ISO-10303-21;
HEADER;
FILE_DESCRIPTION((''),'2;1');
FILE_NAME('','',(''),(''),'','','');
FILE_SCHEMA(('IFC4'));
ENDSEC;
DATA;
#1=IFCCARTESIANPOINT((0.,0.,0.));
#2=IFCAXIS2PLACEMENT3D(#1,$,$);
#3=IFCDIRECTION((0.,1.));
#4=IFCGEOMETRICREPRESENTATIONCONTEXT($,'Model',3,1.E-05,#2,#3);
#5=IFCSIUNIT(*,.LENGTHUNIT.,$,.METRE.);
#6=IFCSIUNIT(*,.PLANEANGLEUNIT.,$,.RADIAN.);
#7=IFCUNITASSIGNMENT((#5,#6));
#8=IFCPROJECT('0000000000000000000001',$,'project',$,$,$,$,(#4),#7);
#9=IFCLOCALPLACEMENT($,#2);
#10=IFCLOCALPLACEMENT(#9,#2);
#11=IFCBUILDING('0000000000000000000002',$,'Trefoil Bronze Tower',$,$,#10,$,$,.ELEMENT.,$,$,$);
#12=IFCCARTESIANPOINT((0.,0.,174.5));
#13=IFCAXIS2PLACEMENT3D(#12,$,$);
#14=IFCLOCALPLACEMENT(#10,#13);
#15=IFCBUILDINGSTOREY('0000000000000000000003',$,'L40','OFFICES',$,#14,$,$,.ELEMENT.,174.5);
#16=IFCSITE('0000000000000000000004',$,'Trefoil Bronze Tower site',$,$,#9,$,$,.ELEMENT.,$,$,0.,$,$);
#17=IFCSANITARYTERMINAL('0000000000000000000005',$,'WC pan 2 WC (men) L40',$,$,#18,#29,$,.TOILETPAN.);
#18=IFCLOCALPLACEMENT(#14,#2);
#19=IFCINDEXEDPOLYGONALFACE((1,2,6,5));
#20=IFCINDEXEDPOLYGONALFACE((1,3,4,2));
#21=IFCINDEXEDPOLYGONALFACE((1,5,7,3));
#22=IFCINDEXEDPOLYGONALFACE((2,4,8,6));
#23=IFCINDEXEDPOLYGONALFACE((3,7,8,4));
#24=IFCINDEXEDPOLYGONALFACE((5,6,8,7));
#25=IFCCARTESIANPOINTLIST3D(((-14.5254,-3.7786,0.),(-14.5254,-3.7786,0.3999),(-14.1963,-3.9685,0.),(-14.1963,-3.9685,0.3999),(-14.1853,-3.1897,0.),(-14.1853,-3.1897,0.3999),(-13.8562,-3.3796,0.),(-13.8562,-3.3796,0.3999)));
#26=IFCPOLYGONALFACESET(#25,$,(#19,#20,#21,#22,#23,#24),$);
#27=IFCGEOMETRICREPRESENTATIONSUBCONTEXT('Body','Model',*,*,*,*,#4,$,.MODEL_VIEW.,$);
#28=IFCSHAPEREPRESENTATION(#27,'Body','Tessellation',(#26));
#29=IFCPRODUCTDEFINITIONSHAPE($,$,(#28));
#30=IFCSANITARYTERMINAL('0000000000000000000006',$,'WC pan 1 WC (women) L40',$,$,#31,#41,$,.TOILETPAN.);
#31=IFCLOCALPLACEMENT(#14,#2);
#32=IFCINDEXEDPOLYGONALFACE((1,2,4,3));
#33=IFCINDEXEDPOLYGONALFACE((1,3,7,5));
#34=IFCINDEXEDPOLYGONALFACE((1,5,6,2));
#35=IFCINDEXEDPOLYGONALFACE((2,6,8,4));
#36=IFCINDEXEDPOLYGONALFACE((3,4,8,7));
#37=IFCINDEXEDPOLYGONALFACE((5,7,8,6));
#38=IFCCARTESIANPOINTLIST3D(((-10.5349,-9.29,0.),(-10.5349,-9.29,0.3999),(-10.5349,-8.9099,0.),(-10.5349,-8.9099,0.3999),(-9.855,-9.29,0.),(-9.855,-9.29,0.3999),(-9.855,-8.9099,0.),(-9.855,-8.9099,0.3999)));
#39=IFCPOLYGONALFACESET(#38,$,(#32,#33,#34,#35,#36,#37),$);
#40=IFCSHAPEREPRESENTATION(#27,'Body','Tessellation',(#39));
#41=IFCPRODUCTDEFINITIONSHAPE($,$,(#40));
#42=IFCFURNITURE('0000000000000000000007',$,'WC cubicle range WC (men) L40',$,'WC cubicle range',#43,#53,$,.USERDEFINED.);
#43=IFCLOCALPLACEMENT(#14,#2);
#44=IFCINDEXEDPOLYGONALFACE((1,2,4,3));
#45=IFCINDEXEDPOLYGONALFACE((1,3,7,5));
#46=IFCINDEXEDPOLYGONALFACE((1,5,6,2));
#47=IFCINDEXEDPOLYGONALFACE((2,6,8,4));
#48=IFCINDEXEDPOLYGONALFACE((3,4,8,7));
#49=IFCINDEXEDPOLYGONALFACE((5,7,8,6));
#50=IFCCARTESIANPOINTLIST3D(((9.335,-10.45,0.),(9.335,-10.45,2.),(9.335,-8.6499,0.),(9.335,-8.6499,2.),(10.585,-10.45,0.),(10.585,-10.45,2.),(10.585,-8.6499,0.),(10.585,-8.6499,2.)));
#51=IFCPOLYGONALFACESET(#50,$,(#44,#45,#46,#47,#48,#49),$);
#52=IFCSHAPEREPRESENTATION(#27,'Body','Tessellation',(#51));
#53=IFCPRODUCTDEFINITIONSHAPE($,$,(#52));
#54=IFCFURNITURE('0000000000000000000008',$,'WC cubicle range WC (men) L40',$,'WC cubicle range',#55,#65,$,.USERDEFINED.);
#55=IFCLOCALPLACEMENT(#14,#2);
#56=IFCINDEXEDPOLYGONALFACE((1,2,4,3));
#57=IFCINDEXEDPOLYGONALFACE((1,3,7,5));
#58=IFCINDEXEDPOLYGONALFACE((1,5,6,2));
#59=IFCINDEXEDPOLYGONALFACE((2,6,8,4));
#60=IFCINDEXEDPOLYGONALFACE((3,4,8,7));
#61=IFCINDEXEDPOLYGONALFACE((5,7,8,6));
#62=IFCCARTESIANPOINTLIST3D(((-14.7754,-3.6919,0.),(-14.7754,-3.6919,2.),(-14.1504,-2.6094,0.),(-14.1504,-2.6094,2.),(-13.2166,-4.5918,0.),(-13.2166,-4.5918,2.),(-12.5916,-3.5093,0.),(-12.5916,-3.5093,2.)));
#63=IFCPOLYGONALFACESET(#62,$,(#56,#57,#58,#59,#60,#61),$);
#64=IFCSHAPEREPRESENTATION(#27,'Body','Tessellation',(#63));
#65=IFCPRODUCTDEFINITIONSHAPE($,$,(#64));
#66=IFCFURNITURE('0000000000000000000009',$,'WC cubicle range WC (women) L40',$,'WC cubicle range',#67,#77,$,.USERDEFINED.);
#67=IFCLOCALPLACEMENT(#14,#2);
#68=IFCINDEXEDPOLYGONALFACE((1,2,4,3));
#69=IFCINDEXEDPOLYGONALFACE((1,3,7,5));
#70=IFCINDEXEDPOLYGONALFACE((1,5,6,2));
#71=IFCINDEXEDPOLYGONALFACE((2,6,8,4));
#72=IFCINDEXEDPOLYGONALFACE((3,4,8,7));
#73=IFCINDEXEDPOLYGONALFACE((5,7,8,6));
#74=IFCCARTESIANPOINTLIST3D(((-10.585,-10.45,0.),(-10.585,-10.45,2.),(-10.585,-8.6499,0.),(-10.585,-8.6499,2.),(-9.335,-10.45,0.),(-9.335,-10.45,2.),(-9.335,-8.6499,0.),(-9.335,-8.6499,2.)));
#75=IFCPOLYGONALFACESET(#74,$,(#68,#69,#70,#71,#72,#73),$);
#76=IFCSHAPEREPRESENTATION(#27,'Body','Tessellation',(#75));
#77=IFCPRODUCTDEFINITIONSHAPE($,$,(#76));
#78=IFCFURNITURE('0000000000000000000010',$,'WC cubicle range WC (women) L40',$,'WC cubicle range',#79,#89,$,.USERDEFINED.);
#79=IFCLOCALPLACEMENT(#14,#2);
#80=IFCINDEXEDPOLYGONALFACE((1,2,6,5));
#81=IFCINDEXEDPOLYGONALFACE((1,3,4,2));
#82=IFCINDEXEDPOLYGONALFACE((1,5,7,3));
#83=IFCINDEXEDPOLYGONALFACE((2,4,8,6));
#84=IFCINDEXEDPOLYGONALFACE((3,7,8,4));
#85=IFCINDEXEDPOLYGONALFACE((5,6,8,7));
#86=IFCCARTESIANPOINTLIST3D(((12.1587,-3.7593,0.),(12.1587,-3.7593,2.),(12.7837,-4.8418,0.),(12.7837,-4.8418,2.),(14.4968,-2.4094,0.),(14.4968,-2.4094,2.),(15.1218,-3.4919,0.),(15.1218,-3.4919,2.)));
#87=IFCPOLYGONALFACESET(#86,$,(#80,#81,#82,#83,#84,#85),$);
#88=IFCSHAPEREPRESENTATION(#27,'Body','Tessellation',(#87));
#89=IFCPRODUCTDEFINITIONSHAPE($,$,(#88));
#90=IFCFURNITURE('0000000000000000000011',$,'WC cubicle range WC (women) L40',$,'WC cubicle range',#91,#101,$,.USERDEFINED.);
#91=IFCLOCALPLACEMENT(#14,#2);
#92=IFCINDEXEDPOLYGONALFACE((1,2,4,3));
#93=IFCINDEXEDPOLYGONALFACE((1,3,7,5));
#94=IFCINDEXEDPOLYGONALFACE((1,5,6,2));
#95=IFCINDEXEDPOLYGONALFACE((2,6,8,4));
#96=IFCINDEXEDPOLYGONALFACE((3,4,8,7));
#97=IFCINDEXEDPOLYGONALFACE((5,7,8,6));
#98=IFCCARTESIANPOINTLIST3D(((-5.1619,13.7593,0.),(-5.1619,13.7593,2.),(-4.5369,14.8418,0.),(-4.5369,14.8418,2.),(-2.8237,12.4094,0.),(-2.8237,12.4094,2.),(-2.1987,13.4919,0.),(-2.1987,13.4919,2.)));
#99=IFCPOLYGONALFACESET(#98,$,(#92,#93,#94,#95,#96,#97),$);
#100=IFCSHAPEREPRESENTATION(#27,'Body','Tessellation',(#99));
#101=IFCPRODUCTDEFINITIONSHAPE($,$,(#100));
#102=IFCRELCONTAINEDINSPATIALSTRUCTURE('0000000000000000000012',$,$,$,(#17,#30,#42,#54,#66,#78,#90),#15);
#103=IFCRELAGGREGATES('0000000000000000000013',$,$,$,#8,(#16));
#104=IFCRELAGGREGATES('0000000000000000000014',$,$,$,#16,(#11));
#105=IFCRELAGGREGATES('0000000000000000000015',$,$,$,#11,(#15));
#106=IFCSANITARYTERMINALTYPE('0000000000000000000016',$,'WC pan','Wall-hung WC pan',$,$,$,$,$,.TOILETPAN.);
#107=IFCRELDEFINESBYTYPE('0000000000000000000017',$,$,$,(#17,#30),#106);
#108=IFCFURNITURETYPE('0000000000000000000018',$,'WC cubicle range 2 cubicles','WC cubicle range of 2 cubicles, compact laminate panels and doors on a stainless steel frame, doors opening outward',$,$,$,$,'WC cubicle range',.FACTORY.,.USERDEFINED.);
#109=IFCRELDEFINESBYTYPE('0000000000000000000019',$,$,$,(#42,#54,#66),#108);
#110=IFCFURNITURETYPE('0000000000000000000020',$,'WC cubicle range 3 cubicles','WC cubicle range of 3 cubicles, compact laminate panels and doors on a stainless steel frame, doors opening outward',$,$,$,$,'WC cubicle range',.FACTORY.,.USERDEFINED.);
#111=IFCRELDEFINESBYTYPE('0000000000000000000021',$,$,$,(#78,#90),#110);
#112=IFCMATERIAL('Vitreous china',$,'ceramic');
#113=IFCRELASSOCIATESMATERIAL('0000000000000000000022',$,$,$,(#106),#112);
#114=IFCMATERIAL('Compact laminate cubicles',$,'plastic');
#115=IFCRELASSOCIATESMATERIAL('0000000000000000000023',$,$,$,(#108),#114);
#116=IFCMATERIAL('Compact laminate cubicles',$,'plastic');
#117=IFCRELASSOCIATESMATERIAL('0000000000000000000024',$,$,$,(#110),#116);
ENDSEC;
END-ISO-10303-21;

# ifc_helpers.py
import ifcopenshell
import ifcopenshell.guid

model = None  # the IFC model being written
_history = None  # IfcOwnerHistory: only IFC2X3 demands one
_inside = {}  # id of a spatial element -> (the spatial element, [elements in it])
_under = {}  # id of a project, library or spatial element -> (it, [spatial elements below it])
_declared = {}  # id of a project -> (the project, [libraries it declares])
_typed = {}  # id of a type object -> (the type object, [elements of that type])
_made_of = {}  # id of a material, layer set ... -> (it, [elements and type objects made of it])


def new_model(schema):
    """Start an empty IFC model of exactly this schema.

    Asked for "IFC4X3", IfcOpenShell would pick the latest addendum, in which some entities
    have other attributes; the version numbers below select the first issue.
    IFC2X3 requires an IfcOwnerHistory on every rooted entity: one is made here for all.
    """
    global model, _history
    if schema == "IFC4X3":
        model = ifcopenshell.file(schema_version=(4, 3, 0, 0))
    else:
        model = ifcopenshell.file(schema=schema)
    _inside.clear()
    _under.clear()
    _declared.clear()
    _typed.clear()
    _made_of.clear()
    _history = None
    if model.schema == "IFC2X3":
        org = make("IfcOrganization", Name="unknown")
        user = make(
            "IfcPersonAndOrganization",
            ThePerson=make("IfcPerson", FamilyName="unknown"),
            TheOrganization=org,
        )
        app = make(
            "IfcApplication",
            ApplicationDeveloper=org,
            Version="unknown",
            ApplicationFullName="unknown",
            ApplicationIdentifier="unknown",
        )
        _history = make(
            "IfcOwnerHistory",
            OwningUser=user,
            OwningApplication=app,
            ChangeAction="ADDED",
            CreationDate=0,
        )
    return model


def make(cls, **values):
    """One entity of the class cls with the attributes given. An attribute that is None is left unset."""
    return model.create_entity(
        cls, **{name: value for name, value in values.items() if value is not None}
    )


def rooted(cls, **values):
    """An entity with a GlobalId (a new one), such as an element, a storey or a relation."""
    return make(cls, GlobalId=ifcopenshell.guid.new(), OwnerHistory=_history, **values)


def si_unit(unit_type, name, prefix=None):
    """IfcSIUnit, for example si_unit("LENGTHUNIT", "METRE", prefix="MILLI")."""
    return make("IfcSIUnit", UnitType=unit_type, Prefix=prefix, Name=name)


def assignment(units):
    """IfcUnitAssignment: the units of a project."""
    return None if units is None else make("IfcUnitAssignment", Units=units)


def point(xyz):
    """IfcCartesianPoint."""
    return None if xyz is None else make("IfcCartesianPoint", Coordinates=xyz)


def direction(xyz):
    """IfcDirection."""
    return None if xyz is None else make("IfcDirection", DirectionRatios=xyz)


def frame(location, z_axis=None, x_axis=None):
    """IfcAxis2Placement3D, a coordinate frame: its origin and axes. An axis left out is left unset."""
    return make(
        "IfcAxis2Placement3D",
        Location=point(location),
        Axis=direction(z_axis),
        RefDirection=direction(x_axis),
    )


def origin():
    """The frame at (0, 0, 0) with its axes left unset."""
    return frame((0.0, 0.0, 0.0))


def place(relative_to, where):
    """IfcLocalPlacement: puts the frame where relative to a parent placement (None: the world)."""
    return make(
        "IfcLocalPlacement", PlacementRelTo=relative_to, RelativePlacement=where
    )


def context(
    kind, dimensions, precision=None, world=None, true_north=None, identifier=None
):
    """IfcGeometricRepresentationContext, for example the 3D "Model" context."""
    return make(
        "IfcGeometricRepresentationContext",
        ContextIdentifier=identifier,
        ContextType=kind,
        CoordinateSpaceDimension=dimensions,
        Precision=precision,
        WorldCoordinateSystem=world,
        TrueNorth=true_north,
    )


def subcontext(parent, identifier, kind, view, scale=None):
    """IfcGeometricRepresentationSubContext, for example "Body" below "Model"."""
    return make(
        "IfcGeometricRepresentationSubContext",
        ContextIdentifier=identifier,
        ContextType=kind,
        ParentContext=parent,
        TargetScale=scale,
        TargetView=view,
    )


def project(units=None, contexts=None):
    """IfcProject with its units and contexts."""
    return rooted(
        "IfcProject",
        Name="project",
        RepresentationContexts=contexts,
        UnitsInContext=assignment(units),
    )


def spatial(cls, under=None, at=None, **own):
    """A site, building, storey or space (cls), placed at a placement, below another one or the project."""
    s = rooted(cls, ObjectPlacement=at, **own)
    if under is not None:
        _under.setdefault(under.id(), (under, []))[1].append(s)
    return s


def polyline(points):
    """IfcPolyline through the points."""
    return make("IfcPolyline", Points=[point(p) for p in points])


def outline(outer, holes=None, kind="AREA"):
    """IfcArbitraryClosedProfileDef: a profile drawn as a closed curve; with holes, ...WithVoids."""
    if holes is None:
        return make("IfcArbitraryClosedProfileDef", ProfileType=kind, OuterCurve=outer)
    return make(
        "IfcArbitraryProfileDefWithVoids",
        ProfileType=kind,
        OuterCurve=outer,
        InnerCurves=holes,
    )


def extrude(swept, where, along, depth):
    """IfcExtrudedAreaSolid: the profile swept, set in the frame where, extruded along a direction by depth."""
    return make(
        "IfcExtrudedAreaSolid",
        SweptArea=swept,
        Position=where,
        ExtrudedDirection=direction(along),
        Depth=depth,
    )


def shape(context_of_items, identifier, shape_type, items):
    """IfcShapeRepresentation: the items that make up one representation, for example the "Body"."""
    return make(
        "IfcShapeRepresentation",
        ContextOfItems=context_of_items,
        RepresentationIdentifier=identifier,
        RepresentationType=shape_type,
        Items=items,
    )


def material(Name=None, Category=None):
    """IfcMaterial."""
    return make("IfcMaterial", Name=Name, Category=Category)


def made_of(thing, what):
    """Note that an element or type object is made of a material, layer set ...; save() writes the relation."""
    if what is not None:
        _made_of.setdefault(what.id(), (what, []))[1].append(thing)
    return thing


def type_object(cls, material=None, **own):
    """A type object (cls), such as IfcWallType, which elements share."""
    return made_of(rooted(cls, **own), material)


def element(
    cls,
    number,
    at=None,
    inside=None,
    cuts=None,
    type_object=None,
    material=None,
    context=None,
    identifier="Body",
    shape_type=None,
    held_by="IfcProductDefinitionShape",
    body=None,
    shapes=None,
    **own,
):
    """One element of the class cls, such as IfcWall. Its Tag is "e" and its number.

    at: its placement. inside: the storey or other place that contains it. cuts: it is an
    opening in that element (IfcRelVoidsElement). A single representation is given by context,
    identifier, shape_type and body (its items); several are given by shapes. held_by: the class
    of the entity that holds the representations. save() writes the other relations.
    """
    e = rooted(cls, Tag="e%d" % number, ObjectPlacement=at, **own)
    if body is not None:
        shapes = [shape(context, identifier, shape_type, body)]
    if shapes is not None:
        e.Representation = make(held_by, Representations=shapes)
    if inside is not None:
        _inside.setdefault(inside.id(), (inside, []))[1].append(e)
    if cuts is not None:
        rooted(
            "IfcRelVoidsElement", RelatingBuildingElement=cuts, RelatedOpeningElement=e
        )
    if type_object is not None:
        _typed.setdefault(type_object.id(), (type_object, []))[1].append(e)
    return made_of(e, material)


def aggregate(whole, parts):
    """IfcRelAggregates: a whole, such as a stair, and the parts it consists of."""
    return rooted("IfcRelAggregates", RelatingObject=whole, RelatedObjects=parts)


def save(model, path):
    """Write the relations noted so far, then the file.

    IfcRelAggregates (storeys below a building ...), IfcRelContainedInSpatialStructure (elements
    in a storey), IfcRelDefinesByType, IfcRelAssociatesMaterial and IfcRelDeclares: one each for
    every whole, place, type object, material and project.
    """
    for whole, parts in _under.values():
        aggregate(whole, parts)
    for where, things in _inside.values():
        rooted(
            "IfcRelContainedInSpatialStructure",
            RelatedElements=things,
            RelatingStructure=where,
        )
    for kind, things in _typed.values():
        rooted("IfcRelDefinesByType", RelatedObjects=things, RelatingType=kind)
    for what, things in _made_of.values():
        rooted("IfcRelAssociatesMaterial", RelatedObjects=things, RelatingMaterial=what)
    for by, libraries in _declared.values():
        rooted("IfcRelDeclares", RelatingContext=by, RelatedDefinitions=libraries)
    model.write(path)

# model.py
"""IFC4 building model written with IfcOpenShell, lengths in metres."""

from ifc_helpers import new_model, si_unit, direction, frame, origin, place, context, subcontext, project, spatial, polyline, outline, extrude, material, type_object, element, save


model = new_model("IFC4")

# Units and contexts
model_context = context("Model", 3, precision=1e-05, world=origin(), true_north=direction((0.0, 1.0)))
body_context = subcontext(model_context, "Body", "Model", "MODEL_VIEW")
ifc_project = project(units=[si_unit("LENGTHUNIT", "METRE"), si_unit("PLANEANGLEUNIT", "RADIAN")], contexts=[model_context])

# Site, building, storey
site_placement = place(None, origin())
site = spatial("IfcSite", under=ifc_project, at=site_placement, Name="Trefoil Bronze Tower site", CompositionType="ELEMENT", RefElevation=0.0)
building_placement = place(site_placement, origin())
building = spatial("IfcBuilding", under=site, at=building_placement, Name="Trefoil Bronze Tower", CompositionType="ELEMENT")
storey_placement = place(building_placement, frame((0.0, 0.0, 174.5)))
storey = spatial("IfcBuildingStorey", under=building, at=storey_placement, Name="L40", Description="OFFICES", CompositionType="ELEMENT", Elevation=174.5)

# Sanitary terminals
ifc_material_1 = material(Name="Vitreous china", Category="ceramic")
sanitary_terminal_type_1 = type_object("IfcSanitaryTerminalType", Name="WC pan", Description="Wall-hung WC pan", PredefinedType="TOILETPAN", material=ifc_material_1)
sanitary_terminal_1_placement = place(storey_placement, origin())
element("IfcSanitaryTerminal", 1, at=sanitary_terminal_1_placement, inside=storey, type_object=sanitary_terminal_type_1, Name="WC pan 2 WC (men) L40", PredefinedType="TOILETPAN", context=body_context, shape_type="SweptSolid", body=[
    extrude(outline(polyline([(-13.8562, -3.3796), (-14.1963, -3.9685), (-14.5254, -3.7786), (-14.1853, -3.1897), (-13.8562, -3.3796)])), origin(), (0.0, 0.0, 1.0), 0.3999),
])
sanitary_terminal_2_placement = place(storey_placement, origin())
element("IfcSanitaryTerminal", 2, at=sanitary_terminal_2_placement, inside=storey, type_object=sanitary_terminal_type_1, Name="WC pan 1 WC (women) L40", PredefinedType="TOILETPAN", context=body_context, shape_type="SweptSolid", body=[
    extrude(outline(polyline([(-9.855, -8.9099), (-10.5349, -8.9099), (-10.5349, -9.29), (-9.855, -9.29), (-9.855, -8.9099)])), origin(), (0.0, 0.0, 1.0), 0.3999),
])

# Furniture
ifc_material_2 = material(Name="Compact laminate cubicles", Category="plastic")
furniture_type_1 = type_object("IfcFurnitureType", Name="WC cubicle range 2 cubicles", Description="WC cubicle range of 2 cubicles, compact laminate panels and doors on a stainless steel frame, doors opening outward", ElementType="WC cubicle range", AssemblyPlace="FACTORY", PredefinedType="USERDEFINED", material=ifc_material_2)
furniture_1_placement = place(storey_placement, origin())
element("IfcFurniture", 3, at=furniture_1_placement, inside=storey, type_object=furniture_type_1, Name="WC cubicle range WC (men) L40", ObjectType="WC cubicle range", PredefinedType="USERDEFINED", context=body_context, shape_type="SweptSolid", body=[
    extrude(outline(polyline([(9.335, -8.6499), (10.585, -8.6499), (10.585, -10.45), (9.335, -10.45), (9.335, -8.6499)])), origin(), (0.0, 0.0, 1.0), 2.0),
])
furniture_2_placement = place(storey_placement, origin())
element("IfcFurniture", 4, at=furniture_2_placement, inside=storey, type_object=furniture_type_1, Name="WC cubicle range WC (men) L40", ObjectType="WC cubicle range", PredefinedType="USERDEFINED", context=body_context, shape_type="SweptSolid", body=[
    extrude(outline(polyline([(-12.5916, -3.5093), (-13.2166, -4.5918), (-14.7754, -3.6919), (-14.1504, -2.6094), (-12.5916, -3.5093)])), origin(), (0.0, 0.0, 1.0), 2.0),
])
furniture_3_placement = place(storey_placement, origin())
element("IfcFurniture", 5, at=furniture_3_placement, inside=storey, type_object=furniture_type_1, Name="WC cubicle range WC (women) L40", ObjectType="WC cubicle range", PredefinedType="USERDEFINED", context=body_context, shape_type="SweptSolid", body=[
    extrude(outline(polyline([(-9.335, -8.6499), (-10.585, -8.6499), (-10.585, -10.45), (-9.335, -10.45), (-9.335, -8.6499)])), origin(), (0.0, 0.0, 1.0), 2.0),
])
ifc_material_3 = material(Name="Compact laminate cubicles", Category="plastic")
furniture_type_2 = type_object("IfcFurnitureType", Name="WC cubicle range 3 cubicles", Description="WC cubicle range of 3 cubicles, compact laminate panels and doors on a stainless steel frame, doors opening outward", ElementType="WC cubicle range", AssemblyPlace="FACTORY", PredefinedType="USERDEFINED", material=ifc_material_3)
furniture_4_placement = place(storey_placement, origin())
element("IfcFurniture", 6, at=furniture_4_placement, inside=storey, type_object=furniture_type_2, Name="WC cubicle range WC (women) L40", ObjectType="WC cubicle range", PredefinedType="USERDEFINED", context=body_context, shape_type="SweptSolid", body=[
    extrude(outline(polyline([(12.1587, -3.7593), (12.7837, -4.8418), (15.1218, -3.4919), (14.4968, -2.4094), (12.1587, -3.7593)])), origin(), (0.0, 0.0, 1.0), 2.0),
])
furniture_5_placement = place(storey_placement, origin())
element("IfcFurniture", 7, at=furniture_5_placement, inside=storey, type_object=furniture_type_2, Name="WC cubicle range WC (women) L40", ObjectType="WC cubicle range", PredefinedType="USERDEFINED", context=body_context, shape_type="SweptSolid", body=[
    extrude(outline(polyline([(-2.8237, 12.4094), (-2.1987, 13.4919), (-4.5369, 14.8418), (-5.1619, 13.7593), (-2.8237, 12.4094)])), origin(), (0.0, 0.0, 1.0), 2.0),
])

save(model, "model.ifc")
